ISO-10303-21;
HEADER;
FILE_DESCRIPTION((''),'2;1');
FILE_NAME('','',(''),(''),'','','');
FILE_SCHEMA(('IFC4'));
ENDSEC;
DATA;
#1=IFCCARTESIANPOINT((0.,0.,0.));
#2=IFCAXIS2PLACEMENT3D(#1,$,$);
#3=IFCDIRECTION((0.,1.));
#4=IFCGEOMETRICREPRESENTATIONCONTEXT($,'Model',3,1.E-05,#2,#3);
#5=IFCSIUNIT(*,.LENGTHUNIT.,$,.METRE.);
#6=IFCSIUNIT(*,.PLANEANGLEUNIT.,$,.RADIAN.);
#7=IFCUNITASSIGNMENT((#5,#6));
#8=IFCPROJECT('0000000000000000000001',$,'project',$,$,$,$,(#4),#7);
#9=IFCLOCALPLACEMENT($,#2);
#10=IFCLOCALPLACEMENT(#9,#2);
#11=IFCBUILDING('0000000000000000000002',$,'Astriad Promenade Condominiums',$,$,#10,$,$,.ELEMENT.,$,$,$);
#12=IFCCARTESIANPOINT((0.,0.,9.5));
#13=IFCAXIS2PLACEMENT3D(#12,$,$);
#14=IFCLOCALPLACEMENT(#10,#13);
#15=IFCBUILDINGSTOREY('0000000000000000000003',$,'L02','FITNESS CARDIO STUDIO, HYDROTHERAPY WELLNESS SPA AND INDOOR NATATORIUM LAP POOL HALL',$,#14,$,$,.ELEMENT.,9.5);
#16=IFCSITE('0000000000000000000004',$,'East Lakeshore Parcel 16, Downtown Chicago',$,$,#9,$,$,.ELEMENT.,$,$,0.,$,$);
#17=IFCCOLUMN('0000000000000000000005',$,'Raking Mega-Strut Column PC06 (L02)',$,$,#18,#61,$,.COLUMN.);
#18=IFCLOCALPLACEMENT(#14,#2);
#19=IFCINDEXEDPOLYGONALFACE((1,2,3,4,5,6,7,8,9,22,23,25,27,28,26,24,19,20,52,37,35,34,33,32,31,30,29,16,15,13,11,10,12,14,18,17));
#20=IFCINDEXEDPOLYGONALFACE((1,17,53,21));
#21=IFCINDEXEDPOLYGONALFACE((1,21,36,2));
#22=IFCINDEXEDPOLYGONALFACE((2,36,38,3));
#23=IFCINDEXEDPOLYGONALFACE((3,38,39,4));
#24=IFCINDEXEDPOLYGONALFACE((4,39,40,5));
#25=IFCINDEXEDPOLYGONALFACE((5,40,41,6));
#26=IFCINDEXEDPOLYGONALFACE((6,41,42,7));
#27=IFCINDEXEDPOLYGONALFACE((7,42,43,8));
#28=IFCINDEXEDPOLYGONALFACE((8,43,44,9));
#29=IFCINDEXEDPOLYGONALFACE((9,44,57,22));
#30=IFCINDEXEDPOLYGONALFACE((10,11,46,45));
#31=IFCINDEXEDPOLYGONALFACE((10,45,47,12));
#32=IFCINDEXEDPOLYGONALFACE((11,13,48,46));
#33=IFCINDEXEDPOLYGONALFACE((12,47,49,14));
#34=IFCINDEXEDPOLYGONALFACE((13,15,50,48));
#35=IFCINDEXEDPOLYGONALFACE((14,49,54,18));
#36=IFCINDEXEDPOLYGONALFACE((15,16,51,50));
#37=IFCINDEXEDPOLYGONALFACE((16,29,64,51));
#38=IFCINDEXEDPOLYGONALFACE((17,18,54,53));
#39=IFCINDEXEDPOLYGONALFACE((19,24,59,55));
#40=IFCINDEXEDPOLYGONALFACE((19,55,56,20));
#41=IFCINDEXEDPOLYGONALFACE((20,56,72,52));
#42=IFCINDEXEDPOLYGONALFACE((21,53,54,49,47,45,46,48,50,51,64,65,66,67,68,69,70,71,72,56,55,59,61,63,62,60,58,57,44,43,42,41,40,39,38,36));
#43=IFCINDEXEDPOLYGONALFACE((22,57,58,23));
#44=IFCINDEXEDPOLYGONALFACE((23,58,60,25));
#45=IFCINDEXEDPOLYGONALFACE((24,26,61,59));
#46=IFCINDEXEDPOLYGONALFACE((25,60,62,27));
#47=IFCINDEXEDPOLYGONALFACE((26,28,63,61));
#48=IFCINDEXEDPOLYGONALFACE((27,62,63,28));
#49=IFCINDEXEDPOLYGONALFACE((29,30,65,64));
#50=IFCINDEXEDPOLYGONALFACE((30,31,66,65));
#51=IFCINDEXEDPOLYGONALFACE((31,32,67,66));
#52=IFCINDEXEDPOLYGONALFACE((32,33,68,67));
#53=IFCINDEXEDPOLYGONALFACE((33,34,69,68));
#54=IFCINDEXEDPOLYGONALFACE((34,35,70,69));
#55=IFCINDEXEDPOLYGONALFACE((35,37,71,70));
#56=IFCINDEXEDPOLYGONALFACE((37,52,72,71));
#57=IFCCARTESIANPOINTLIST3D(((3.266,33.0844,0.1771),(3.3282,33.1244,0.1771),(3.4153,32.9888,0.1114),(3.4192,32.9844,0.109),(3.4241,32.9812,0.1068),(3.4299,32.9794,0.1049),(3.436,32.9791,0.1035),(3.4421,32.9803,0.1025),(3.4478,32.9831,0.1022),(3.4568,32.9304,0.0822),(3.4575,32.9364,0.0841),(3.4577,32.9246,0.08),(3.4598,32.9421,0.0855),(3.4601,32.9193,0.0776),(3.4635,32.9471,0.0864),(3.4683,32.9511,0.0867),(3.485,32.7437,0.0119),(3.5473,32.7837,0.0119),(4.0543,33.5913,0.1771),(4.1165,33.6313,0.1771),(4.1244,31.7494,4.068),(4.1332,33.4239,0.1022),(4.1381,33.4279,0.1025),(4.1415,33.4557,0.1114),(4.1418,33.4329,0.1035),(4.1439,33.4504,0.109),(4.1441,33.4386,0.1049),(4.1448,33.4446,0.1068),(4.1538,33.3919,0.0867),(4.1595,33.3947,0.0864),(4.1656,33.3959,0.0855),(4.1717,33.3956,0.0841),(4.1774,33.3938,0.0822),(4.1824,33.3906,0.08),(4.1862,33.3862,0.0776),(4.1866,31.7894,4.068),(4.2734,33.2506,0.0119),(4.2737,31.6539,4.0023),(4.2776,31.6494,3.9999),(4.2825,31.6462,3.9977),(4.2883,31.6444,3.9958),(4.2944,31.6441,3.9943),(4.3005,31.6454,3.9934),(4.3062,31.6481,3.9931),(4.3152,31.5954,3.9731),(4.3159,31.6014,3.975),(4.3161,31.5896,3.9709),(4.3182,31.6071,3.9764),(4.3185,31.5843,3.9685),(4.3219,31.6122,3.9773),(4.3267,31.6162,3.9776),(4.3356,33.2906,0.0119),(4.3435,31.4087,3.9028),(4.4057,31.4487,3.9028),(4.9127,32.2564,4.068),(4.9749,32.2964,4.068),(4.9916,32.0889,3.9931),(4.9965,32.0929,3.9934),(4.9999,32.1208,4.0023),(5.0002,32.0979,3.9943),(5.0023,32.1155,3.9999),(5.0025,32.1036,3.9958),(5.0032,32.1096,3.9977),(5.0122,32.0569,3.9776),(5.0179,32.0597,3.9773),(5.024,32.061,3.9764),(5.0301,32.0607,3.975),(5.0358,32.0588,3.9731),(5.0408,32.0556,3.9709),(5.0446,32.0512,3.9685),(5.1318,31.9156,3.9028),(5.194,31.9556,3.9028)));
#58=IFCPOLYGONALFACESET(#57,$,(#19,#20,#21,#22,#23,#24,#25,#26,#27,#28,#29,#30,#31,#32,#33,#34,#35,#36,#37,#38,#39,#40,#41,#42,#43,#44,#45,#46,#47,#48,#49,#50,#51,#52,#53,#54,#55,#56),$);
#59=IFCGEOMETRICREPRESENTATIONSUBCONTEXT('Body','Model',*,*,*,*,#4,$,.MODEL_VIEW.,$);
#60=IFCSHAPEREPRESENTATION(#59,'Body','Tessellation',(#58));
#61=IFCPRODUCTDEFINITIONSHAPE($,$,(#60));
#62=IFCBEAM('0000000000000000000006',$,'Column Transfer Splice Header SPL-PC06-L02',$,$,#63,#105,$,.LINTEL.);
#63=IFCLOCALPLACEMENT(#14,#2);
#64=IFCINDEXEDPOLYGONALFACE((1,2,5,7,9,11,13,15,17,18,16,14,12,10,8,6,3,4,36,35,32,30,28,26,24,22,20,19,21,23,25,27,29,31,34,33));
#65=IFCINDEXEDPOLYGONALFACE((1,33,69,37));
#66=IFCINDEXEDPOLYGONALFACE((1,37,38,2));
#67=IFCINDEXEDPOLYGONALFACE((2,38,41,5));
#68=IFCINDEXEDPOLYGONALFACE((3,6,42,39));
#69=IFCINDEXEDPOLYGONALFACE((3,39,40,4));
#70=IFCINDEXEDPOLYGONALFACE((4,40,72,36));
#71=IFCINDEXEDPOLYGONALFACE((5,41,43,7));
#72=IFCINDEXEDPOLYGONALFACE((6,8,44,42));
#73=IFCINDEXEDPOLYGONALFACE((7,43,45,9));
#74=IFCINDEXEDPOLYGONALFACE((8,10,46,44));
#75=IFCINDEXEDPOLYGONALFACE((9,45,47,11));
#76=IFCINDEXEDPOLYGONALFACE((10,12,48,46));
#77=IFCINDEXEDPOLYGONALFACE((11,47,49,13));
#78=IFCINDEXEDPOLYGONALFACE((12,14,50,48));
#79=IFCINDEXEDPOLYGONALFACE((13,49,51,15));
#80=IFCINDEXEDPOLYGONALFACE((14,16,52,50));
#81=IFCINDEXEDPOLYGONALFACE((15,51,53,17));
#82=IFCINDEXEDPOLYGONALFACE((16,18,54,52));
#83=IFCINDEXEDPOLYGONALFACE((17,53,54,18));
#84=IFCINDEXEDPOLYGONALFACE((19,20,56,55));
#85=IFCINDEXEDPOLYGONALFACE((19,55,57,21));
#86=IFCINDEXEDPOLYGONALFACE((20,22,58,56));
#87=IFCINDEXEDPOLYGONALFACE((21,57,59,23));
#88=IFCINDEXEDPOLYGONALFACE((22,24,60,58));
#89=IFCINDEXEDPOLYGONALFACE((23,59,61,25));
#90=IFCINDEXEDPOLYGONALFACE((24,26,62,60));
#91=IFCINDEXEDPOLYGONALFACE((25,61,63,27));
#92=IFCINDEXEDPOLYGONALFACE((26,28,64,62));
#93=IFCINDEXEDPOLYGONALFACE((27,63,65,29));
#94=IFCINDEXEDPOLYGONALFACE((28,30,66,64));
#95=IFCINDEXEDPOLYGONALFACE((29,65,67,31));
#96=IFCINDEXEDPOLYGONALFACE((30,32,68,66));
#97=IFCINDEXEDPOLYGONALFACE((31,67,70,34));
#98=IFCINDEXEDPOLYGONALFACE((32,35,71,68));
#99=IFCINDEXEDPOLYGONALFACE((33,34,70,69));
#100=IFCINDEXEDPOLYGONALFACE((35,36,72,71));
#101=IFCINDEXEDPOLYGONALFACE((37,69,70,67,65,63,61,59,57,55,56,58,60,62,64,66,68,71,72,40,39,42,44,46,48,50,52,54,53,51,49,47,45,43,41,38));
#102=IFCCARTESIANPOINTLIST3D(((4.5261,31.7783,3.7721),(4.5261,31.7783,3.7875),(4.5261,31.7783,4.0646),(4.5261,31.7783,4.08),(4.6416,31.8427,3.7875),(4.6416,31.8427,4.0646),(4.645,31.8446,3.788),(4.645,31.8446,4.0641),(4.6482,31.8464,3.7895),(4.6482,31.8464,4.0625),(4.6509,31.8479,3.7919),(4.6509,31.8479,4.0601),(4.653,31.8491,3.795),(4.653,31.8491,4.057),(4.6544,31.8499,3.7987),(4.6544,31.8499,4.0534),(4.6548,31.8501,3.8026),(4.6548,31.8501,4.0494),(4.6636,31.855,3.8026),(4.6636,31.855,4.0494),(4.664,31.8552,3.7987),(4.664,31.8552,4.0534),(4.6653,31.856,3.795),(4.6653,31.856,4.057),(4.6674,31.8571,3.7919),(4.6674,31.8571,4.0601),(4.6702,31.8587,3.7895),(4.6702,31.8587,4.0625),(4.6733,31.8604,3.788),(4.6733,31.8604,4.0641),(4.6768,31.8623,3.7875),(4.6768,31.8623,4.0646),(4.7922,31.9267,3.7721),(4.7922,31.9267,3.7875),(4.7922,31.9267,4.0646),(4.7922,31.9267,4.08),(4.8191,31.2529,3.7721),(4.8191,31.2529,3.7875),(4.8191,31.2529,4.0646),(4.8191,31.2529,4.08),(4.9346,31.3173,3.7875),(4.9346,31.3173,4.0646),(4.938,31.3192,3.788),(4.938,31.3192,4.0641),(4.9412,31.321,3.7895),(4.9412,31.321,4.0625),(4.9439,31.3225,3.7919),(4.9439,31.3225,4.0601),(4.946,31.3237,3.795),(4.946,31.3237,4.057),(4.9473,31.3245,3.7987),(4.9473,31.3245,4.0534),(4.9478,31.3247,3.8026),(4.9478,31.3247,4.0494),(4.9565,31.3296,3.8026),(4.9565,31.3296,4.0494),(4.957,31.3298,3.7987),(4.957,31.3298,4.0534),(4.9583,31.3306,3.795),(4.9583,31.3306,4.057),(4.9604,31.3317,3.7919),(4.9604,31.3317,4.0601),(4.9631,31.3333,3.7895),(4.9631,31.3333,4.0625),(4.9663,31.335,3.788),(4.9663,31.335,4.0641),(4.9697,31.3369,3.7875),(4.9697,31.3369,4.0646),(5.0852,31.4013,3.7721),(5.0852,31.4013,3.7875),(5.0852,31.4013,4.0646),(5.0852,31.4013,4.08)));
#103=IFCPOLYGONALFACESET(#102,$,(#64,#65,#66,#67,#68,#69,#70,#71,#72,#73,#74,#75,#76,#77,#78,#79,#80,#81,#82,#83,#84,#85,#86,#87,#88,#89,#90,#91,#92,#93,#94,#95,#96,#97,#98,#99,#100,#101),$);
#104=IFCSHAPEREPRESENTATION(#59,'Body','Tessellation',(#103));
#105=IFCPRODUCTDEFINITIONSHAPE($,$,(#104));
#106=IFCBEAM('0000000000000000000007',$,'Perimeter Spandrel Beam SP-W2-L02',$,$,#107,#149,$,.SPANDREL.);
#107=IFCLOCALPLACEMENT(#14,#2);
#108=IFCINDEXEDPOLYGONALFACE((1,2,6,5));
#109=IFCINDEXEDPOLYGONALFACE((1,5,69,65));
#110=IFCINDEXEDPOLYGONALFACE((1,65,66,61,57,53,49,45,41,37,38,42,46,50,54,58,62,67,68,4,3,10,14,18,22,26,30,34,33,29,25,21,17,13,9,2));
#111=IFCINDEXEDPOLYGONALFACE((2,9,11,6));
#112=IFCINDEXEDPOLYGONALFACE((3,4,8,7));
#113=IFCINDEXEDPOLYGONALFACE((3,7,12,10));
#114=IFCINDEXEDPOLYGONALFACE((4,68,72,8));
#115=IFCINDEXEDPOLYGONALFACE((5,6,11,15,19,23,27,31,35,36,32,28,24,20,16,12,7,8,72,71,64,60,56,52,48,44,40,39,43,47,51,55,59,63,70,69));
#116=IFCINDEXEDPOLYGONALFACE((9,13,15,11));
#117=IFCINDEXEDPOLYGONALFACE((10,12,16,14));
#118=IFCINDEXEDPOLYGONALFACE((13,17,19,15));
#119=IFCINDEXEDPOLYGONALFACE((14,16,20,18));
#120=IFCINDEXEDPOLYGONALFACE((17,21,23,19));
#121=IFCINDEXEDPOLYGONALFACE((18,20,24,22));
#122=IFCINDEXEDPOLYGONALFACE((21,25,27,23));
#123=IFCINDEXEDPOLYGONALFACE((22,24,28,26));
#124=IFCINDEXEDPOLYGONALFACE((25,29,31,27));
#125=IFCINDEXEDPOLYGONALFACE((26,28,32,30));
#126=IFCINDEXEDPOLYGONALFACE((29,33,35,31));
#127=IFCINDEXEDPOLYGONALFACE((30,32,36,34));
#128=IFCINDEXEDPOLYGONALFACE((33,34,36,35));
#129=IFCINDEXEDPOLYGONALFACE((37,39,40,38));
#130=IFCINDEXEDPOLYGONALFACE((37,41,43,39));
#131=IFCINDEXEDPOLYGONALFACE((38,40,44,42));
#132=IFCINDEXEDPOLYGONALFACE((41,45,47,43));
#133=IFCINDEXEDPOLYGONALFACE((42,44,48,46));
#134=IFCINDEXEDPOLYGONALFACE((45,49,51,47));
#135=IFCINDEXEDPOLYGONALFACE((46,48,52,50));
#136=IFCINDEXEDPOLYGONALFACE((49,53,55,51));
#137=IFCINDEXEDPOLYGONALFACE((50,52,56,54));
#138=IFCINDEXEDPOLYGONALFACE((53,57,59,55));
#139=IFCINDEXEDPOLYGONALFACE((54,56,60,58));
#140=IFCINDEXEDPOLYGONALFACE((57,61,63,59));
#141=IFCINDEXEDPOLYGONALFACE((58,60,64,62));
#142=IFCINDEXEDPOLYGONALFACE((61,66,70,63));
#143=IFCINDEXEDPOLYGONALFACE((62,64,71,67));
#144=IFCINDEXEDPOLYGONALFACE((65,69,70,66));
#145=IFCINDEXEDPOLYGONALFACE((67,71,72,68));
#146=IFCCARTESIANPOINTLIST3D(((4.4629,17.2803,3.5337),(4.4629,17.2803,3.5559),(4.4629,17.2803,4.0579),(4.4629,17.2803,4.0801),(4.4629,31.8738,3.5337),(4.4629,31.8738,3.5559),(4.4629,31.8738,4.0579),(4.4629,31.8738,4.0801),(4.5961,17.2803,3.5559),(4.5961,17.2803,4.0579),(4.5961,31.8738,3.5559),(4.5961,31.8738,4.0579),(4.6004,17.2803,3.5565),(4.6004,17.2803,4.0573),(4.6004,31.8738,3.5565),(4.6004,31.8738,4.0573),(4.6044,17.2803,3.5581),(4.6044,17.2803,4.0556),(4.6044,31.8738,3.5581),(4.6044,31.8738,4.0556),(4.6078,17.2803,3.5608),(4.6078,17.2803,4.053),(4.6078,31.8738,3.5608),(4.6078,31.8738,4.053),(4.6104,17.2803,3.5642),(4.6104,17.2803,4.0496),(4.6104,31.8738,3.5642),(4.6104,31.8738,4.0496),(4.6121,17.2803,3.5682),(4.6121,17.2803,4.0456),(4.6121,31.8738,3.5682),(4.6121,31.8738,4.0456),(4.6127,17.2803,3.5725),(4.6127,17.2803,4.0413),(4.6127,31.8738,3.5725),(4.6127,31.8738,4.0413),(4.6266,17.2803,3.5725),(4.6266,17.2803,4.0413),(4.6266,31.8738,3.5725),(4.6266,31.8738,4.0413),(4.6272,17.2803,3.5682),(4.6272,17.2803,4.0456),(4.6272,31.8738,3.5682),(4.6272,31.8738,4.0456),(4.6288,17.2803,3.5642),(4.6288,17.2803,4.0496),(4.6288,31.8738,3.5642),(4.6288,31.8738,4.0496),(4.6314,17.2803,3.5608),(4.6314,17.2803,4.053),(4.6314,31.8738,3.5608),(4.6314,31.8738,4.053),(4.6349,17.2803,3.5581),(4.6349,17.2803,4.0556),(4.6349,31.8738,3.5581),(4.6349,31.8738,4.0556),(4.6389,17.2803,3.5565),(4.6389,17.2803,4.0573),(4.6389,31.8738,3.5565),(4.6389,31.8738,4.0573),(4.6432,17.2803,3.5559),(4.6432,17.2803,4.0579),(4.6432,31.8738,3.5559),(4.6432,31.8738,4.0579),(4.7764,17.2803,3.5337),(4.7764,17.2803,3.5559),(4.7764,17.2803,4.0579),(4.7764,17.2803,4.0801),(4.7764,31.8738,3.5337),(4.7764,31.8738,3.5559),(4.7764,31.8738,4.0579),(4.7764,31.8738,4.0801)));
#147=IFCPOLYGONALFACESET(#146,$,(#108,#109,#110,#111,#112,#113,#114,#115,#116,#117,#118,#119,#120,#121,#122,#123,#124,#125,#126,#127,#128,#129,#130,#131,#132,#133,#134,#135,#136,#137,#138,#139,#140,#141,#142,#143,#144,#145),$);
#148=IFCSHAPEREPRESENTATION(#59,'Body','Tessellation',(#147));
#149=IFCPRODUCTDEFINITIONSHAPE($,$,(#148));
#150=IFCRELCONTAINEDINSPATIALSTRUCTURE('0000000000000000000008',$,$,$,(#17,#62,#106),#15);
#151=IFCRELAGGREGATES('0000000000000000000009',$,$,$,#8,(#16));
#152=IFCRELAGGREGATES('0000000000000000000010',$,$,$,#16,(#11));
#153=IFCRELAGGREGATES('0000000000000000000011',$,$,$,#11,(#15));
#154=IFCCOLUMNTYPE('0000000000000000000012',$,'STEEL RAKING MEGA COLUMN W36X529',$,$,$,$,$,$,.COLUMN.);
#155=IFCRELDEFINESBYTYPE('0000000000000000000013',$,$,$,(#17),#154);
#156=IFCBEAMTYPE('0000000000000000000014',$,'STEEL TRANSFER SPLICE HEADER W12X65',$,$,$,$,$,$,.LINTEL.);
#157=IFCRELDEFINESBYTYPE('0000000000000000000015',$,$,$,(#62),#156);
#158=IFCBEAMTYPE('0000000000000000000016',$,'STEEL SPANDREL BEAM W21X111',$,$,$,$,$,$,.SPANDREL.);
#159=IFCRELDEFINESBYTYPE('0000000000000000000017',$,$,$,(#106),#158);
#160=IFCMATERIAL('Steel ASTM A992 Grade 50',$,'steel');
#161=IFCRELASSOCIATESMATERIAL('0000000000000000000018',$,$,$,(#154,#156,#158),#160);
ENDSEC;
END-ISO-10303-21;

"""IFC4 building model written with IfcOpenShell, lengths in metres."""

from ifc_helpers import new_model, si_unit, direction, frame, origin, origin_2d, place, context, subcontext, project, spatial, i_section, extrude, source, transform, mapped, material, material_profile, profile_set, type_object, type_shapes, element, save


model = new_model("IFC4")

# Units and contexts
model_context = context("Model", 3, precision=1e-05, world=origin(), true_north=direction((0.0, 1.0)))
body_context = subcontext(model_context, "Body", "Model", "MODEL_VIEW")
ifc_project = project(units=[si_unit("LENGTHUNIT", "METRE"), si_unit("PLANEANGLEUNIT", "RADIAN")], contexts=[model_context])

# Site, building, storey
site_placement = place(None, origin())
site = spatial("IfcSite", under=ifc_project, at=site_placement, Name="East Lakeshore Parcel 16, Downtown Chicago", CompositionType="ELEMENT", RefElevation=0.0)
building_placement = place(site_placement, origin())
building = spatial("IfcBuilding", under=site, at=building_placement, Name="Astriad Promenade Condominiums", CompositionType="ELEMENT")
storey_placement = place(building_placement, frame((0.0, 0.0, 9.5)))
storey = spatial("IfcBuildingStorey", under=building, at=storey_placement, Name="L02", Description="FITNESS CARDIO STUDIO, HYDROTHERAPY WELLNESS SPA AND INDOOR NATATORIUM LAP POOL HALL", CompositionType="ELEMENT", Elevation=9.5)

# Column
ifc_material_1 = material(Name="Steel ASTM A992 Grade 50", Category="steel")
ifc_material_profile_1 = material_profile(ifc_material_1, i_section(OverallWidth=0.4375, OverallDepth=1.0112, WebThickness=0.041, FlangeThickness=0.074, FilletRadius=0.0242, at=origin_2d()), Name="W36X529")
ifc_profile_set_1 = profile_set([ifc_material_profile_1], Name="Steel ASTM A992 Grade 50")
column_type = type_object("IfcColumnType", Name="STEEL RAKING MEGA COLUMN W36X529", PredefinedType="COLUMN", material=ifc_profile_set_1)
shared_shape_1 = source(origin(), body_context, "Body", "SweptSolid", [
    extrude(i_section(OverallWidth=0.4375, OverallDepth=1.0112, WebThickness=0.041, FlangeThickness=0.074, FilletRadius=0.0242, at=origin_2d()), origin(), (0.0, 0.0, 1.0), 4.2021),
])
type_shapes(column_type, [shared_shape_1])
column_placement = place(storey_placement, frame((3.8008, 33.1875, 0.0945), z_axis=(0.204277, -0.317687, 0.92593), x_axis=(-0.50079, 0.778816, 0.377696)))
element("IfcColumn", 1, at=column_placement, inside=storey, type_object=column_type, Name="Raking Mega-Strut Column PC06 (L02)", PredefinedType="COLUMN", context=body_context, shape_type="MappedRepresentation", body=[
    mapped(shared_shape_1, transform((0.0, 0.0, 0.0), scale=1.0)),
])

# Beams
ifc_material_profile_2 = material_profile(ifc_material_1, i_section(OverallWidth=0.3047, OverallDepth=0.3079, WebThickness=0.01, FlangeThickness=0.0154, FilletRadius=0.0151, at=origin_2d()), Name="W12X65")
ifc_profile_set_2 = profile_set([ifc_material_profile_2], Name="Steel ASTM A992 Grade 50")
beam_type_1 = type_object("IfcBeamType", Name="STEEL TRANSFER SPLICE HEADER W12X65", PredefinedType="LINTEL", material=ifc_profile_set_2)
shared_shape_2 = source(origin(), body_context, "Body", "SweptSolid", [
    extrude(i_section(OverallWidth=0.3047, OverallDepth=0.3079, WebThickness=0.01, FlangeThickness=0.0154, FilletRadius=0.0151, at=origin_2d()), origin(), (0.0, 0.0, 1.0), 0.6016),
])
type_shapes(beam_type_1, [shared_shape_2])
beam_1_placement = place(storey_placement, frame((4.6592, 31.8525, 3.926), z_axis=(0.487021, -0.87339, 0.0), x_axis=(0.87339, 0.487021, 0.0)))
element("IfcBeam", 2, at=beam_1_placement, inside=storey, type_object=beam_type_1, Name="Column Transfer Splice Header SPL-PC06-L02", PredefinedType="LINTEL", context=body_context, shape_type="MappedRepresentation", body=[
    mapped(shared_shape_2, transform((0.0, 0.0, 0.0), scale=1.0)),
])
ifc_material_profile_3 = material_profile(ifc_material_1, i_section(OverallWidth=0.3135, OverallDepth=0.5464, WebThickness=0.0139, FlangeThickness=0.0222, FilletRadius=0.0166, at=origin_2d()), Name="W21X111")
ifc_profile_set_3 = profile_set([ifc_material_profile_3], Name="Steel ASTM A992 Grade 50")
beam_type_2 = type_object("IfcBeamType", Name="STEEL SPANDREL BEAM W21X111", PredefinedType="SPANDREL", material=ifc_profile_set_3)
shared_shape_3 = source(origin(), body_context, "Body", "SweptSolid", [
    extrude(i_section(OverallWidth=0.3135, OverallDepth=0.5464, WebThickness=0.0139, FlangeThickness=0.0222, FilletRadius=0.0166, at=origin_2d()), origin(), (0.0, 0.0, 1.0), 14.5935),
])
type_shapes(beam_type_2, [shared_shape_3])
beam_2_placement = place(storey_placement, frame((4.6196, 31.8738, 3.8069), z_axis=(0.0, -1.0, 0.0), x_axis=(1.0, 0.0, 0.0)))
element("IfcBeam", 3, at=beam_2_placement, inside=storey, type_object=beam_type_2, Name="Perimeter Spandrel Beam SP-W2-L02", PredefinedType="SPANDREL", context=body_context, shape_type="MappedRepresentation", body=[
    mapped(shared_shape_3, transform((0.0, 0.0, 0.0), scale=1.0)),
])

save(model, "model.ifc")
